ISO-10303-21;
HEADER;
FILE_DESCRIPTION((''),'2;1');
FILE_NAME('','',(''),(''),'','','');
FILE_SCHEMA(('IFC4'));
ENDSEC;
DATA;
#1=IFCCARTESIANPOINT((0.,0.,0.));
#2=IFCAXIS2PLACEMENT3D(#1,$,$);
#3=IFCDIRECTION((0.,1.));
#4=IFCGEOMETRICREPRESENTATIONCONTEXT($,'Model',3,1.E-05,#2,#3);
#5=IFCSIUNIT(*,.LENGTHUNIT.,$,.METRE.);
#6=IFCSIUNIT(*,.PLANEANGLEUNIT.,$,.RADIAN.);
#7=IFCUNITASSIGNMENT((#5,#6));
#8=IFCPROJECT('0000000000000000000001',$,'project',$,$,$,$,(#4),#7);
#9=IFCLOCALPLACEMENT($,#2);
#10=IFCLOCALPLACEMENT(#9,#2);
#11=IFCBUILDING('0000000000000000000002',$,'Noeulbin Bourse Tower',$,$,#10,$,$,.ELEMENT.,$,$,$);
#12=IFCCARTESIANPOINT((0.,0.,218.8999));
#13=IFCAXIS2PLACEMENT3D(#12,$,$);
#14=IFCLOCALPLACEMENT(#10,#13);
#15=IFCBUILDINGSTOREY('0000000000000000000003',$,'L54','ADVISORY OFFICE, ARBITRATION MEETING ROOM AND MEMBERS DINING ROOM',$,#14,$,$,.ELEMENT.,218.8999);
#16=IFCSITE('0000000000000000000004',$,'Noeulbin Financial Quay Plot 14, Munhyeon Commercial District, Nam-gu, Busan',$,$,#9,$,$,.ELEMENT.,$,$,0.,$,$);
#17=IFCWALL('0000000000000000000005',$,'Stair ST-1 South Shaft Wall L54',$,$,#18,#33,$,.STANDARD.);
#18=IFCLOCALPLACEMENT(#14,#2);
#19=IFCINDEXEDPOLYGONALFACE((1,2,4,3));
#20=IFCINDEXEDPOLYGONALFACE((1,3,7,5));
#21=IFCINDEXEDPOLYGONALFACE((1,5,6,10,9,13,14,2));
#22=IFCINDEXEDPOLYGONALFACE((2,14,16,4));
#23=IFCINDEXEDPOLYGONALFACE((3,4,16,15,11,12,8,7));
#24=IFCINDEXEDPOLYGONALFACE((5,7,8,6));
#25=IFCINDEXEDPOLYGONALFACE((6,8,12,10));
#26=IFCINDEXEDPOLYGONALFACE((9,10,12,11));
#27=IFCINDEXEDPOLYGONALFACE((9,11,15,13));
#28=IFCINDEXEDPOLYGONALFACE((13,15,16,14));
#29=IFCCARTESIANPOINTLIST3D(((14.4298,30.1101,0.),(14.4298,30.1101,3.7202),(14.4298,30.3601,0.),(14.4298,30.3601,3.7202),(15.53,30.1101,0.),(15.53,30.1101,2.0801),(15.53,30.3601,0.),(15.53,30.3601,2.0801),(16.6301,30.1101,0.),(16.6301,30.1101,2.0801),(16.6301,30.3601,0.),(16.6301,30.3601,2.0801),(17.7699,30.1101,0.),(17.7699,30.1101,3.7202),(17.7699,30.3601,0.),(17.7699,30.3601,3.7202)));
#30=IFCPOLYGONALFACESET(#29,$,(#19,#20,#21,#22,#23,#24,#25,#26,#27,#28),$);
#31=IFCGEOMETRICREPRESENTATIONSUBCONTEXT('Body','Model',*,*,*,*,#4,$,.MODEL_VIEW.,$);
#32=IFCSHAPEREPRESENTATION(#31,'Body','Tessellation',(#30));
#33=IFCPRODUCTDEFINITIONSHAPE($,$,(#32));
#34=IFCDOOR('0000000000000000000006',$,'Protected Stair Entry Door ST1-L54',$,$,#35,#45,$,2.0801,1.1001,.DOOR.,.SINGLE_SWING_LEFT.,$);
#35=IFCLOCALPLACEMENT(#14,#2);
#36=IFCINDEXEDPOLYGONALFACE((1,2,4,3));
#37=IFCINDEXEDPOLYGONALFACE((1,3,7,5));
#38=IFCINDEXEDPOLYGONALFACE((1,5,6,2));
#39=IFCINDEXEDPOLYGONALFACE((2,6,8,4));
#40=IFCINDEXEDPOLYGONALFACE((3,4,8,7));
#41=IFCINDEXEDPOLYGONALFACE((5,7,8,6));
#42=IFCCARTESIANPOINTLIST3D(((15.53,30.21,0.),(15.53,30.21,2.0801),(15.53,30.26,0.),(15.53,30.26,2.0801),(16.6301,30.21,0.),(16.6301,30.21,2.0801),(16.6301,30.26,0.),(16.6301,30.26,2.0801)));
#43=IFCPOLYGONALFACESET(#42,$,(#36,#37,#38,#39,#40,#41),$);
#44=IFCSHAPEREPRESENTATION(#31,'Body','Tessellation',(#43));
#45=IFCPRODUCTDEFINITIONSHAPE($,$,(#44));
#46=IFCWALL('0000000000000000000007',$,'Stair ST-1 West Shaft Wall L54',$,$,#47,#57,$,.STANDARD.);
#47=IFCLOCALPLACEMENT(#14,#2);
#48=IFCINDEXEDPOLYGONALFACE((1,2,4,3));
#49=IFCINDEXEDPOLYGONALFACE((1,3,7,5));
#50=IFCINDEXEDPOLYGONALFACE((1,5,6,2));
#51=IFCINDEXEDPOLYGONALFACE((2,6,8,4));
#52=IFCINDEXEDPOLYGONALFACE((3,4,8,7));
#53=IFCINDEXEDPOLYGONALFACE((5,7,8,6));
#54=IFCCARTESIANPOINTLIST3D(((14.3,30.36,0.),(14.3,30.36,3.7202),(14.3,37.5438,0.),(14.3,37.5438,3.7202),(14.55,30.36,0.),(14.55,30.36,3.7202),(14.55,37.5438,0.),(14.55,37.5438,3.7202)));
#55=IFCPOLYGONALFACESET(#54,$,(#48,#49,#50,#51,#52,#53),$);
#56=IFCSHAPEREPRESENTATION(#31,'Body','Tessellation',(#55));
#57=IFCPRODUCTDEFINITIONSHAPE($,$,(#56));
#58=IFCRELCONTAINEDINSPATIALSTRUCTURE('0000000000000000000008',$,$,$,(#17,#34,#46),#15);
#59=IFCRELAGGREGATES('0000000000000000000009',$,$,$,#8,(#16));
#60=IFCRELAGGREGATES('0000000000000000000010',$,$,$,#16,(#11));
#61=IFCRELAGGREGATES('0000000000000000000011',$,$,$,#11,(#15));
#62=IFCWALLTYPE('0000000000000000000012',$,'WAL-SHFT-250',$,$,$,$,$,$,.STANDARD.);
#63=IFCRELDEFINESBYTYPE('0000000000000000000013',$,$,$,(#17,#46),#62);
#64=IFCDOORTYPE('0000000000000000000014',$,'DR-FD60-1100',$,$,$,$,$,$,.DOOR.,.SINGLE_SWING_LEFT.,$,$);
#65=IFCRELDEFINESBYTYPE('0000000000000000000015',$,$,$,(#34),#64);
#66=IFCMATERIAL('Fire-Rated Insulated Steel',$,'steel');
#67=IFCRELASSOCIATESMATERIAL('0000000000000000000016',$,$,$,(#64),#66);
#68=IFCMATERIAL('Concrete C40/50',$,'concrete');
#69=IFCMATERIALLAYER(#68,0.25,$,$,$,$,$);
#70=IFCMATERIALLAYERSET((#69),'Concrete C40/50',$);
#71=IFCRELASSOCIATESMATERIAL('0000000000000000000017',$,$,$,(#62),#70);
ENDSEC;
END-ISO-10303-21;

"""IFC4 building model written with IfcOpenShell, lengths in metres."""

from ifc_helpers import new_model, si_unit, direction, frame, frame_2d, origin, place, context, subcontext, project, spatial, rectangle, extrude, material, layer, layer_set, type_object, element, fill, save


model = new_model("IFC4")

# Units and contexts
model_context = context("Model", 3, precision=1e-05, world=origin(), true_north=direction((0.0, 1.0)))
body_context = subcontext(model_context, "Body", "Model", "MODEL_VIEW")
ifc_project = project(units=[si_unit("LENGTHUNIT", "METRE"), si_unit("PLANEANGLEUNIT", "RADIAN")], contexts=[model_context])

# Site, building, storey
site_placement = place(None, origin())
site = spatial("IfcSite", under=ifc_project, at=site_placement, Name="Noeulbin Financial Quay Plot 14, Munhyeon Commercial District, Nam-gu, Busan", CompositionType="ELEMENT", RefElevation=0.0)
building_placement = place(site_placement, origin())
building = spatial("IfcBuilding", under=site, at=building_placement, Name="Noeulbin Bourse Tower", CompositionType="ELEMENT")
storey_placement = place(building_placement, frame((0.0, 0.0, 218.8999)))
storey = spatial("IfcBuildingStorey", under=building, at=storey_placement, Name="L54", Description="ADVISORY OFFICE, ARBITRATION MEETING ROOM AND MEMBERS DINING ROOM", CompositionType="ELEMENT", Elevation=218.8999)

# Shared definitions
ifc_material_1 = material(Name="Fire-Rated Insulated Steel", Category="steel")
door_type_1 = type_object("IfcDoorType", Name="DR-FD60-1100", OperationType="SINGLE_SWING_LEFT", PredefinedType="DOOR", material=ifc_material_1)

# Shared definitions
ifc_material_2 = material(Name="Concrete C40/50", Category="concrete")

# Wall, opening, door
ifc_layer_1 = layer(ifc_material_2, 0.25)
ifc_layer_set_1 = layer_set([ifc_layer_1], Name="Concrete C40/50")
wall_type_1 = type_object("IfcWallType", Name="WAL-SHFT-250", PredefinedType="STANDARD", material=ifc_layer_set_1)
wall_1_placement = place(storey_placement, frame((14.4299, 30.2351, 0.0), z_axis=(0.0, 0.0, 1.0), x_axis=(1.0, 0.0, 0.0)))
wall_1 = element("IfcWall", 1, at=wall_1_placement, inside=storey, type_object=wall_type_1, Name="Stair ST-1 South Shaft Wall L54", PredefinedType="STANDARD", context=body_context, shape_type="SweptSolid", body=[
    extrude(rectangle(XDim=3.3401, YDim=0.25, at=frame_2d((1.6699, 0.0))), origin(), (0.0, 0.0, 1.0), 3.7202),
])
opening_1_placement = place(wall_1_placement, frame((1.1001, 0.0, 0.0)))
opening_1 = element("IfcOpeningElement", 2, at=opening_1_placement, cuts=wall_1, PredefinedType="OPENING", context=body_context, shape_type="SweptSolid", body=[
    extrude(rectangle(XDim=1.1001, YDim=2.0801, at=frame_2d((0.55, 1.04))), frame((0.0, 0.135, 0.0), z_axis=(0.0, -1.0, 0.0), x_axis=(1.0, 0.0, 0.0)), (0.0, 0.0, 1.0), 0.27),
])
door_1_placement = place(opening_1_placement, origin())
door_1 = element("IfcDoor", 3, at=door_1_placement, inside=storey, type_object=door_type_1, Name="Protected Stair Entry Door ST1-L54", OperationType="SINGLE_SWING_LEFT", OverallHeight=2.0801, OverallWidth=1.1001, PredefinedType="DOOR", context=body_context, shape_type="SweptSolid", body=[
    extrude(rectangle(XDim=1.1001, YDim=2.0801, at=frame_2d((0.55, 1.04))), frame((0.0, 0.0249, 0.0), z_axis=(0.0, -1.0, 0.0), x_axis=(1.0, 0.0, 0.0)), (0.0, 0.0, 1.0), 0.05),
])
fill(opening_1, door_1)

# Wall
wall_2_placement = place(storey_placement, frame((14.425, 30.3601, 0.0), z_axis=(0.0, 0.0, 1.0), x_axis=(0.0, 1.0, 0.0)))
element("IfcWall", 4, at=wall_2_placement, inside=storey, type_object=wall_type_1, Name="Stair ST-1 West Shaft Wall L54", PredefinedType="STANDARD", context=body_context, shape_type="SweptSolid", body=[
    extrude(rectangle(XDim=7.1838, YDim=0.25, at=frame_2d((3.5918, 0.0))), origin(), (0.0, 0.0, 1.0), 3.7202),
])

save(model, "model.ifc")
